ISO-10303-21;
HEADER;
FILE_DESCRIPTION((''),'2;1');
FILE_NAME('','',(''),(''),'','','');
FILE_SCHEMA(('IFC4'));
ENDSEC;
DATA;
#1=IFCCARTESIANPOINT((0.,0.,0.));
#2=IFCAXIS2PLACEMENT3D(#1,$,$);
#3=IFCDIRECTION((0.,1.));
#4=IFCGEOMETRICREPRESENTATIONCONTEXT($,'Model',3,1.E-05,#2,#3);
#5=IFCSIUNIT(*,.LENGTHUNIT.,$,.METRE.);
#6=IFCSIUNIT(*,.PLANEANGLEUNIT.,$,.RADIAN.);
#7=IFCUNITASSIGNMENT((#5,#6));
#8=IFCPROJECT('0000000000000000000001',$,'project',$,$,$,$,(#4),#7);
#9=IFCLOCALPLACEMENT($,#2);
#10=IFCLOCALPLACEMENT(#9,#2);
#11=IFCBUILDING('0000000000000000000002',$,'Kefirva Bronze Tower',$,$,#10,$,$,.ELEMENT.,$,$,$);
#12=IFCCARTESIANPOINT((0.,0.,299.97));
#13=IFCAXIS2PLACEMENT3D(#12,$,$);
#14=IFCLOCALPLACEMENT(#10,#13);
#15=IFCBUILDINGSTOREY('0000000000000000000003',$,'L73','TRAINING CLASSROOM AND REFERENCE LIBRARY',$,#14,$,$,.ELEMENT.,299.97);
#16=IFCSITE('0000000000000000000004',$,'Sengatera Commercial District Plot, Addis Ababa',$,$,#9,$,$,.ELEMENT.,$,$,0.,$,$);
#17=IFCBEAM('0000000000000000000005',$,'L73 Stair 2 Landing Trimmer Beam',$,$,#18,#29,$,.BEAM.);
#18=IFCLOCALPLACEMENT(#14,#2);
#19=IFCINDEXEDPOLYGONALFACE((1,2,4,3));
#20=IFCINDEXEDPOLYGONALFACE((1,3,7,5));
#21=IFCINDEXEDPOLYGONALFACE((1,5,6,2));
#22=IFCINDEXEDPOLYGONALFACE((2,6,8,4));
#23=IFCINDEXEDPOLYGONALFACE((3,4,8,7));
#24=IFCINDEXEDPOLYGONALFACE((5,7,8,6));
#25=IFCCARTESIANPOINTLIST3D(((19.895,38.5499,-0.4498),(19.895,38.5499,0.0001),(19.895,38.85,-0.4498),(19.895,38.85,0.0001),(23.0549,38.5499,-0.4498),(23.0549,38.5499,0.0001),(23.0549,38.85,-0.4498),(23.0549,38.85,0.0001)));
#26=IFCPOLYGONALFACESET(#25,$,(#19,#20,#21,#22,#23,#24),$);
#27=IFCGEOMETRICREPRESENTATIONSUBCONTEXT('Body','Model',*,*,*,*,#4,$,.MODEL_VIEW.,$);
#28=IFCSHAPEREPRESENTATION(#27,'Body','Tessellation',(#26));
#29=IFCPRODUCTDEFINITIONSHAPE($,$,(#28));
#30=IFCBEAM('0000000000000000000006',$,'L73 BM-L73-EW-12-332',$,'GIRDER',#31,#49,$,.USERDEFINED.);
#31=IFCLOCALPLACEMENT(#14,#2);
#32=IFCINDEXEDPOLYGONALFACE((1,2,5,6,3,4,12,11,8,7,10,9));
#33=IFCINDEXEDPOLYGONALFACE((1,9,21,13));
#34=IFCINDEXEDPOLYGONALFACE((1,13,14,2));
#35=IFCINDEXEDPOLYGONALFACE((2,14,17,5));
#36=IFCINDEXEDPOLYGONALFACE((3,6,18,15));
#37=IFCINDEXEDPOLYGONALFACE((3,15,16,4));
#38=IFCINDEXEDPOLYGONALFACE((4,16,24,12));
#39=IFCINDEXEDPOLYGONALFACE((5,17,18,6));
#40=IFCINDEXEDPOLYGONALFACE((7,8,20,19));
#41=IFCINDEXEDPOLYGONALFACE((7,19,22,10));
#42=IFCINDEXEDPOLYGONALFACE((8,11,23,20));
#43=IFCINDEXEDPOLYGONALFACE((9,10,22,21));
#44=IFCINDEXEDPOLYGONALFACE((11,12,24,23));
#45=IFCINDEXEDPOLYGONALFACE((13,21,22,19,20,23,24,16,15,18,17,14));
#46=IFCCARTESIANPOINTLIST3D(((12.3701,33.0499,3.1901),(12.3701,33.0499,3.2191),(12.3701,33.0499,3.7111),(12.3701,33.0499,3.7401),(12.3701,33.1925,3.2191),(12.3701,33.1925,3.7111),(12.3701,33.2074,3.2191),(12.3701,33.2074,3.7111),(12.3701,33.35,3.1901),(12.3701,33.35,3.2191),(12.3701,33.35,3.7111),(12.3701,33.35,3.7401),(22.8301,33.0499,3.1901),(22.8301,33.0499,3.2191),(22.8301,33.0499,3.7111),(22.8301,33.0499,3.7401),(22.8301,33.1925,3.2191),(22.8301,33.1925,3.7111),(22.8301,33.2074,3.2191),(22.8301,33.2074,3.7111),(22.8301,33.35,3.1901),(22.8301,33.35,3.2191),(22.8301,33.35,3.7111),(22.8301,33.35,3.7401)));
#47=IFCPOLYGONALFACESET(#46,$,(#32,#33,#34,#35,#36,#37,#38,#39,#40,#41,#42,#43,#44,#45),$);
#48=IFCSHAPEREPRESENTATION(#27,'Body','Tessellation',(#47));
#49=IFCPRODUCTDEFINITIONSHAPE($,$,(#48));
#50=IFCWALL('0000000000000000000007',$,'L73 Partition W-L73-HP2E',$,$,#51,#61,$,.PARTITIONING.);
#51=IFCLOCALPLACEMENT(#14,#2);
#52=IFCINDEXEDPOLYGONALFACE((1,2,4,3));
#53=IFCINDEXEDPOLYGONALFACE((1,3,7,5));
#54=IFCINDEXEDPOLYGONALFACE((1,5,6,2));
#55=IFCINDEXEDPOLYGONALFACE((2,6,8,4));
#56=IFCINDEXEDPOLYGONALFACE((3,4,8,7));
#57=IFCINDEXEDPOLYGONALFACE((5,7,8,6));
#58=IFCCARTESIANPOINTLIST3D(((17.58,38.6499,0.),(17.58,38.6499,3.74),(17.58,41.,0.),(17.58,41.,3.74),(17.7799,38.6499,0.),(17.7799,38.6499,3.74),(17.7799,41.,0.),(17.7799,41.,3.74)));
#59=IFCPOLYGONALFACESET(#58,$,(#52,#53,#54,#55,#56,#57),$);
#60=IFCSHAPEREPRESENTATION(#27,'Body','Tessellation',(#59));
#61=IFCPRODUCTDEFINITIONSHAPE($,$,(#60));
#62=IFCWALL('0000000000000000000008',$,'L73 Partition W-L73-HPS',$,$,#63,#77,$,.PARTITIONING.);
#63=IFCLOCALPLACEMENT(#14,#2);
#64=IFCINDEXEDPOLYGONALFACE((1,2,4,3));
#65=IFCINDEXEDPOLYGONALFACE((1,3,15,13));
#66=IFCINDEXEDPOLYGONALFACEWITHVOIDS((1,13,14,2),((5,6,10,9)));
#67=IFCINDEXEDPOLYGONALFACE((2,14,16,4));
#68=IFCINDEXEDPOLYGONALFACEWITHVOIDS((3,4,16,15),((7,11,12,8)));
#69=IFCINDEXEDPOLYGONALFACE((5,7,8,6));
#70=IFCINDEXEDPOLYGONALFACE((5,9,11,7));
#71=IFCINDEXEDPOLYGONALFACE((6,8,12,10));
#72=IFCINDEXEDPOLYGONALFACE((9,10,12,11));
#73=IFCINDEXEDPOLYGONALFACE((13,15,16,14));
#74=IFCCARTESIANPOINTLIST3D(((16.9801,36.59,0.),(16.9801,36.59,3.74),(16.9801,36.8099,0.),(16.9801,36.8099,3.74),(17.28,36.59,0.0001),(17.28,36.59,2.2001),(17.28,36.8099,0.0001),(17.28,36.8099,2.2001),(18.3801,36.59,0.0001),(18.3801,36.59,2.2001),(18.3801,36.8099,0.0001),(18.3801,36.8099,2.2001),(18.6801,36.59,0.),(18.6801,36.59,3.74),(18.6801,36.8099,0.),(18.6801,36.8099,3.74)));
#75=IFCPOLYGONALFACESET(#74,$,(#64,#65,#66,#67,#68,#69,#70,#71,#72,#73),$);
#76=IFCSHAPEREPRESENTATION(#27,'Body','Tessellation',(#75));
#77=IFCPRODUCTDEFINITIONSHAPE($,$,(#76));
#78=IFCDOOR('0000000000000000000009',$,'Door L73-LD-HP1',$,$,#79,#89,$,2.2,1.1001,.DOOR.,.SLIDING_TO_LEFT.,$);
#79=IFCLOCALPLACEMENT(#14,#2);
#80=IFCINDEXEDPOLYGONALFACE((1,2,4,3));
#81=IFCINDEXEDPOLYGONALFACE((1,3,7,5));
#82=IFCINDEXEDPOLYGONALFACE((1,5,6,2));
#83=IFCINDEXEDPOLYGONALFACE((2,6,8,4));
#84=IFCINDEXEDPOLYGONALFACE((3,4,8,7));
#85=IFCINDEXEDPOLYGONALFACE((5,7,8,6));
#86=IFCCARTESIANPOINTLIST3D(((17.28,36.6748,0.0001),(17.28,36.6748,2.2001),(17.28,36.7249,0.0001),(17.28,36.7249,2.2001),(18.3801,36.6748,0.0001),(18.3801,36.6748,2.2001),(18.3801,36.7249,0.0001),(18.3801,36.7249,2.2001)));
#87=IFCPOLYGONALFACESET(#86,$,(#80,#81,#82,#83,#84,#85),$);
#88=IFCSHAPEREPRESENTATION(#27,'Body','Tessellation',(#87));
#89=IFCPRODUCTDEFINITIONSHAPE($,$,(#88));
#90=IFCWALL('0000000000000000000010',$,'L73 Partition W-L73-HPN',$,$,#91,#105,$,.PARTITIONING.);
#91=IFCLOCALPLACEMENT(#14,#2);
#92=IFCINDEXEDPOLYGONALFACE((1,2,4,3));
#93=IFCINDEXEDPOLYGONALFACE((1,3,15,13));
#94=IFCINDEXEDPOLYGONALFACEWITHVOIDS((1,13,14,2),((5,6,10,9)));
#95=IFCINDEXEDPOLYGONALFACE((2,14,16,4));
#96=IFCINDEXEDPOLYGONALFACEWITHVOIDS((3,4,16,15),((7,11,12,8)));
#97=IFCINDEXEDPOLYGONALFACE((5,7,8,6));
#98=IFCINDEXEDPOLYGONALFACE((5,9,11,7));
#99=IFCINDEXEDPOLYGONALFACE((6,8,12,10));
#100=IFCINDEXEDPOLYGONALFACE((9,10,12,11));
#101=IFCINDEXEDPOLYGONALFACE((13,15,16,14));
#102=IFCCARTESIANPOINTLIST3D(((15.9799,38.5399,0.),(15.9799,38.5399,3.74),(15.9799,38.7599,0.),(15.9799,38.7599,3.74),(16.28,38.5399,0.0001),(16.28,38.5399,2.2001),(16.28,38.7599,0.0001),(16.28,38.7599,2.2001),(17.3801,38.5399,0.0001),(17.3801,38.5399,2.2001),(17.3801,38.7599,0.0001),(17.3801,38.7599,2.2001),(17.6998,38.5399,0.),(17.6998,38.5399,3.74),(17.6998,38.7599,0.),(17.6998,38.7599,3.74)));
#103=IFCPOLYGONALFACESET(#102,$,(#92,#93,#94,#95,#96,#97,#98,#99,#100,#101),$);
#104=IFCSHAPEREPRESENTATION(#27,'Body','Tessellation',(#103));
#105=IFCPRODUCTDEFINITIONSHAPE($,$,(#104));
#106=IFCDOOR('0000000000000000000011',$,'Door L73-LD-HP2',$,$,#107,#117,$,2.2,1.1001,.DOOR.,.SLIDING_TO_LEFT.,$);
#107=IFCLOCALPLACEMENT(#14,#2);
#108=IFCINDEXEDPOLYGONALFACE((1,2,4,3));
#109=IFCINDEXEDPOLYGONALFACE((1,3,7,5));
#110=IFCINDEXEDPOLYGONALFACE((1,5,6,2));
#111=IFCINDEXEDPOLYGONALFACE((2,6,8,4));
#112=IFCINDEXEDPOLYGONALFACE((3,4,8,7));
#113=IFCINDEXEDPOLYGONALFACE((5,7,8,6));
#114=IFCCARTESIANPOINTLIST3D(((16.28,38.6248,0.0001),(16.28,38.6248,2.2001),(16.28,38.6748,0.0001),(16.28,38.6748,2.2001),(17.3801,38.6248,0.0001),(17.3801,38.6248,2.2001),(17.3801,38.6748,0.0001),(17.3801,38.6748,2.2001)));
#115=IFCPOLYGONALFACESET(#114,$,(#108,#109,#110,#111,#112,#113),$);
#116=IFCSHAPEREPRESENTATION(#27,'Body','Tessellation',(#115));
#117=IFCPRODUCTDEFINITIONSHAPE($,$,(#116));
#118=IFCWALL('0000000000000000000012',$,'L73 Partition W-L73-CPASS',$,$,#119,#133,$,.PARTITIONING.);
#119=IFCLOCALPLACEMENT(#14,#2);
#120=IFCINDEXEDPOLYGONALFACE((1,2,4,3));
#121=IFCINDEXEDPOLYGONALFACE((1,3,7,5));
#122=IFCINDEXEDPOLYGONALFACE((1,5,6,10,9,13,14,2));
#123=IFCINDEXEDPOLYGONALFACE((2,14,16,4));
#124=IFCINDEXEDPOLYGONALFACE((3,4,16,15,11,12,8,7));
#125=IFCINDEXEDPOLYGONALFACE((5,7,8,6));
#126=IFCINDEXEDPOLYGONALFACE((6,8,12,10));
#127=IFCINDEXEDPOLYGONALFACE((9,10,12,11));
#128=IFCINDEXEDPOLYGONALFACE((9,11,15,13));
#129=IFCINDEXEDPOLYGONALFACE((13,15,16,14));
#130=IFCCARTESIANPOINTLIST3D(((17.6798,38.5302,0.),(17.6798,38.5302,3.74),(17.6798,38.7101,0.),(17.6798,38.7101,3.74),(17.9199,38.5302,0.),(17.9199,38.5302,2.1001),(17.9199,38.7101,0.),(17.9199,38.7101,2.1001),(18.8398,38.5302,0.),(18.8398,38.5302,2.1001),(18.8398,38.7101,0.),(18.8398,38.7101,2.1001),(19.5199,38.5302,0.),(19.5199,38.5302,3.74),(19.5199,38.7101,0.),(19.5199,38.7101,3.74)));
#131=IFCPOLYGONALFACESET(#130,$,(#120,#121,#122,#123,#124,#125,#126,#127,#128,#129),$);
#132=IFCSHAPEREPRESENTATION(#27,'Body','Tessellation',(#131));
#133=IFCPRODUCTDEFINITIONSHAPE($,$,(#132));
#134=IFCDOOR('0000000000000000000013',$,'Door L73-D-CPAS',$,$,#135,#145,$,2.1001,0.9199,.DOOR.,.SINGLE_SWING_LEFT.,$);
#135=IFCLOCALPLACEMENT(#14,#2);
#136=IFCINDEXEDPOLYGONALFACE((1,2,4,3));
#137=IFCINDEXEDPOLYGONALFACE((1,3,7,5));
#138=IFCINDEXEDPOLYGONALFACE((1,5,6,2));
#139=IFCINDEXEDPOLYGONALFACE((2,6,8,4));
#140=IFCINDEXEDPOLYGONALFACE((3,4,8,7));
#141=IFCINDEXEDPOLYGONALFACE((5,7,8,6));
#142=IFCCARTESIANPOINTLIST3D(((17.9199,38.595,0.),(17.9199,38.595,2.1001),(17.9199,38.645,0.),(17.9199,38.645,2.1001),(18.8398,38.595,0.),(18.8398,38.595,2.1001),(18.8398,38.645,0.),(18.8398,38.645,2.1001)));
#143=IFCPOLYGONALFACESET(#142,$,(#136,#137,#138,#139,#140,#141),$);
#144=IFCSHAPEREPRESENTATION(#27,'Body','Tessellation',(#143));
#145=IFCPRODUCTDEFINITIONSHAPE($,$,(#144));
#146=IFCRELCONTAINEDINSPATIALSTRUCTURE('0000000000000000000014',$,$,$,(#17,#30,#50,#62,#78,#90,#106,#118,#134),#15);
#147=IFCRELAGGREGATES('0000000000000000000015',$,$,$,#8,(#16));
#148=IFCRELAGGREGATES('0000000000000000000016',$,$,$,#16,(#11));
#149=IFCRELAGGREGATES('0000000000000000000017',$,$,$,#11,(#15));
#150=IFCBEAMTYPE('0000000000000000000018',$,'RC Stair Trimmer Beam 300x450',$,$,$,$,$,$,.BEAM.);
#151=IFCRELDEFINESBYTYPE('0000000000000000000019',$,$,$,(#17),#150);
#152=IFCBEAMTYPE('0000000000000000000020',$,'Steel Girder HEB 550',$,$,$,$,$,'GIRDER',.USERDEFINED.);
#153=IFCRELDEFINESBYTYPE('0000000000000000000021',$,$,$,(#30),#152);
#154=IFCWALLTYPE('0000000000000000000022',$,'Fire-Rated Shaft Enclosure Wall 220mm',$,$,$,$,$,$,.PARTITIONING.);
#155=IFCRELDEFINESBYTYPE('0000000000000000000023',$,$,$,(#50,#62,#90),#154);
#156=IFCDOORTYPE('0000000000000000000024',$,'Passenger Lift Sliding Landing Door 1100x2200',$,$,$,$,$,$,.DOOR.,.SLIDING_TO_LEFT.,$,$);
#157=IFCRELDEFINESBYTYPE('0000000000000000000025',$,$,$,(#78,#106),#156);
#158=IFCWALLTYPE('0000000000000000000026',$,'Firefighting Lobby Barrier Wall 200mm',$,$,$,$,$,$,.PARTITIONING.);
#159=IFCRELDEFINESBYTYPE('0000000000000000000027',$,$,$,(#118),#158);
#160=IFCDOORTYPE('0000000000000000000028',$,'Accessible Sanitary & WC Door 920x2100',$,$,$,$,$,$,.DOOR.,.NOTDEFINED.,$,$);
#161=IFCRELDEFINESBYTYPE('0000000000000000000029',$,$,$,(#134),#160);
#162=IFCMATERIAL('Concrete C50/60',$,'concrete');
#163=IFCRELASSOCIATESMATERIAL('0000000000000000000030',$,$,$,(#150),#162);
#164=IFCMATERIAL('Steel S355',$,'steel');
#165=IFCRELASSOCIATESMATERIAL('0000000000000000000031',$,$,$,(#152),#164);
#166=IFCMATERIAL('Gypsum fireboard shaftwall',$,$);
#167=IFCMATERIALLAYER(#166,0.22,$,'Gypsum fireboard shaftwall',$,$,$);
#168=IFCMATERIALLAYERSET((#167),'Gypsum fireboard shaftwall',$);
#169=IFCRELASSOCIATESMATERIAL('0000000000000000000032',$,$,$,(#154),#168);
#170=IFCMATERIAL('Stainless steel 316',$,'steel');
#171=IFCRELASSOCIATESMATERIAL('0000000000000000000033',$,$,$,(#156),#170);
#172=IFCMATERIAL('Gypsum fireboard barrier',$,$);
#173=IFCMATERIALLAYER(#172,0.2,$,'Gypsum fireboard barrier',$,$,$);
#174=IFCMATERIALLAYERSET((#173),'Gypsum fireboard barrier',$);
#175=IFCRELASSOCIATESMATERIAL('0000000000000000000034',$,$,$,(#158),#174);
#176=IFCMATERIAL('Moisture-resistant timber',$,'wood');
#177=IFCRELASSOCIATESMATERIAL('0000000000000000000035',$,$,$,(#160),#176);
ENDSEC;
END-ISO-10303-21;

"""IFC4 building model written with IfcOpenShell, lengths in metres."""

from ifc_helpers import new_model, si_unit, direction, frame, frame_2d, origin, origin_2d, place, context, subcontext, project, spatial, rectangle, i_section, extrude, material, layer, layer_set, material_profile, profile_set, type_object, element, fill, save


model = new_model("IFC4")

# Units and contexts
model_context = context("Model", 3, precision=1e-05, world=origin(), true_north=direction((0.0, 1.0)))
body_context = subcontext(model_context, "Body", "Model", "MODEL_VIEW")
ifc_project = project(units=[si_unit("LENGTHUNIT", "METRE"), si_unit("PLANEANGLEUNIT", "RADIAN")], contexts=[model_context])

# Site, building, storey
site_placement = place(None, origin())
site = spatial("IfcSite", under=ifc_project, at=site_placement, Name="Sengatera Commercial District Plot, Addis Ababa", CompositionType="ELEMENT", RefElevation=0.0)
building_placement = place(site_placement, origin())
building = spatial("IfcBuilding", under=site, at=building_placement, Name="Kefirva Bronze Tower", CompositionType="ELEMENT")
storey_placement = place(building_placement, frame((0.0, 0.0, 299.97)))
storey = spatial("IfcBuildingStorey", under=building, at=storey_placement, Name="L73", Description="TRAINING CLASSROOM AND REFERENCE LIBRARY", CompositionType="ELEMENT", Elevation=299.97)

# Beams
ifc_material_1 = material(Name="Concrete C50/60", Category="concrete")
ifc_material_profile_1 = material_profile(ifc_material_1, rectangle(XDim=0.3, YDim=0.45, at=origin_2d()), Name="RC 300x450")
ifc_profile_set_1 = profile_set([ifc_material_profile_1], Name="Concrete C50/60")
beam_type_1 = type_object("IfcBeamType", Name="RC Stair Trimmer Beam 300x450", PredefinedType="BEAM", material=ifc_profile_set_1)
beam_1_placement = place(storey_placement, frame((19.895, 38.7, -0.2249), z_axis=(1.0, 0.0, 0.0), x_axis=(0.0, 1.0, 0.0)))
element("IfcBeam", 1, at=beam_1_placement, inside=storey, type_object=beam_type_1, Name="L73 Stair 2 Landing Trimmer Beam", PredefinedType="BEAM", context=body_context, shape_type="SweptSolid", body=[
    extrude(rectangle(XDim=0.3, YDim=0.45, at=origin_2d()), origin(), (0.0, 0.0, 1.0), 3.1599),
])
ifc_material_2 = material(Name="Steel S355", Category="steel")
ifc_material_profile_2 = material_profile(ifc_material_2, i_section(OverallWidth=0.3, OverallDepth=0.55, WebThickness=0.0149, FlangeThickness=0.0291, at=origin_2d()), Name="HEB 550")
ifc_profile_set_2 = profile_set([ifc_material_profile_2], Name="Steel S355")
beam_type_2 = type_object("IfcBeamType", Name="Steel Girder HEB 550", ElementType="GIRDER", PredefinedType="USERDEFINED", material=ifc_profile_set_2)
beam_2_placement = place(storey_placement, frame((12.3701, 33.2, 3.4651), z_axis=(1.0, 0.0, 0.0), x_axis=(0.0, 1.0, 0.0)))
element("IfcBeam", 2, at=beam_2_placement, inside=storey, type_object=beam_type_2, Name="L73 BM-L73-EW-12-332", ObjectType="GIRDER", PredefinedType="USERDEFINED", context=body_context, shape_type="SweptSolid", body=[
    extrude(i_section(OverallWidth=0.3, OverallDepth=0.55, WebThickness=0.0149, FlangeThickness=0.0291, at=origin_2d()), origin(), (0.0, 0.0, 1.0), 10.46),
])

# Shared definitions
ifc_material_3 = material(Name="Gypsum fireboard shaftwall")
ifc_layer_1 = layer(ifc_material_3, 0.22, Name="Gypsum fireboard shaftwall")
ifc_layer_set_1 = layer_set([ifc_layer_1], Name="Gypsum fireboard shaftwall")
wall_type_1 = type_object("IfcWallType", Name="Fire-Rated Shaft Enclosure Wall 220mm", PredefinedType="PARTITIONING", material=ifc_layer_set_1)

# Wall
wall_1_placement = place(storey_placement, frame((17.6799, 38.6499, 0.0), z_axis=(0.0, 0.0, 1.0), x_axis=(0.0, 1.0, 0.0)))
element("IfcWall", 3, at=wall_1_placement, inside=storey, type_object=wall_type_1, Name="L73 Partition W-L73-HP2E", PredefinedType="PARTITIONING", context=body_context, shape_type="SweptSolid", body=[
    extrude(rectangle(XDim=2.3501, YDim=0.2, at=frame_2d((1.175, 0.0))), origin(), (0.0, 0.0, 1.0), 3.74),
])

# Walls, openings, doors
wall_2_placement = place(storey_placement, frame((16.98, 36.7, 0.0), z_axis=(0.0, 0.0, 1.0), x_axis=(1.0, 0.0, 0.0)))
wall_2 = element("IfcWall", 4, at=wall_2_placement, inside=storey, type_object=wall_type_1, Name="L73 Partition W-L73-HPS", PredefinedType="PARTITIONING", context=body_context, shape_type="SweptSolid", body=[
    extrude(rectangle(XDim=1.7, YDim=0.22, at=frame_2d((0.8501, 0.0))), origin(), (0.0, 0.0, 1.0), 3.74),
])
opening_1_placement = place(wall_2_placement, frame((0.3, 0.0, 0.0)))
opening_1 = element("IfcOpeningElement", 5, at=opening_1_placement, cuts=wall_2, PredefinedType="OPENING", context=body_context, shape_type="SweptSolid", body=[
    extrude(rectangle(XDim=1.1001, YDim=2.2, at=frame_2d((0.55, 1.1001))), frame((0.0, 0.1201, 0.0), z_axis=(0.0, -1.0, 0.0), x_axis=(1.0, 0.0, 0.0)), (0.0, 0.0, 1.0), 0.24),
])
ifc_material_4 = material(Name="Stainless steel 316", Category="steel")
door_type_1 = type_object("IfcDoorType", Name="Passenger Lift Sliding Landing Door 1100x2200", OperationType="SLIDING_TO_LEFT", PredefinedType="DOOR", material=ifc_material_4)
door_1_placement = place(opening_1_placement, origin())
door_1 = element("IfcDoor", 6, at=door_1_placement, inside=storey, type_object=door_type_1, Name="Door L73-LD-HP1", OperationType="SLIDING_TO_LEFT", OverallHeight=2.2, OverallWidth=1.1001, PredefinedType="DOOR", context=body_context, shape_type="SweptSolid", body=[
    extrude(rectangle(XDim=1.1001, YDim=2.2, at=frame_2d((0.55, 1.1001))), frame((0.0, 0.0249, 0.0), z_axis=(0.0, -1.0, 0.0), x_axis=(1.0, 0.0, 0.0)), (0.0, 0.0, 1.0), 0.05),
])
fill(opening_1, door_1)
wall_3_placement = place(storey_placement, frame((15.98, 38.6499, 0.0), z_axis=(0.0, 0.0, 1.0), x_axis=(1.0, 0.0, 0.0)))
wall_3 = element("IfcWall", 7, at=wall_3_placement, inside=storey, type_object=wall_type_1, Name="L73 Partition W-L73-HPN", PredefinedType="PARTITIONING", context=body_context, shape_type="SweptSolid", body=[
    extrude(rectangle(XDim=1.72, YDim=0.22, at=frame_2d((0.8599, 0.0))), origin(), (0.0, 0.0, 1.0), 3.74),
])
opening_2_placement = place(wall_3_placement, frame((0.3, 0.0, 0.0)))
opening_2 = element("IfcOpeningElement", 8, at=opening_2_placement, cuts=wall_3, PredefinedType="OPENING", context=body_context, shape_type="SweptSolid", body=[
    extrude(rectangle(XDim=1.1001, YDim=2.2, at=frame_2d((0.55, 1.1001))), frame((0.0, 0.1201, 0.0), z_axis=(0.0, -1.0, 0.0), x_axis=(1.0, 0.0, 0.0)), (0.0, 0.0, 1.0), 0.24),
])
door_2_placement = place(opening_2_placement, origin())
door_2 = element("IfcDoor", 9, at=door_2_placement, inside=storey, type_object=door_type_1, Name="Door L73-LD-HP2", OperationType="SLIDING_TO_LEFT", OverallHeight=2.2, OverallWidth=1.1001, PredefinedType="DOOR", context=body_context, shape_type="SweptSolid", body=[
    extrude(rectangle(XDim=1.1001, YDim=2.2, at=frame_2d((0.55, 1.1001))), frame((0.0, 0.0249, 0.0), z_axis=(0.0, -1.0, 0.0), x_axis=(1.0, 0.0, 0.0)), (0.0, 0.0, 1.0), 0.05),
])
fill(opening_2, door_2)
ifc_material_5 = material(Name="Gypsum fireboard barrier")
ifc_layer_2 = layer(ifc_material_5, 0.2, Name="Gypsum fireboard barrier")
ifc_layer_set_2 = layer_set([ifc_layer_2], Name="Gypsum fireboard barrier")
wall_type_2 = type_object("IfcWallType", Name="Firefighting Lobby Barrier Wall 200mm", PredefinedType="PARTITIONING", material=ifc_layer_set_2)
wall_4_placement = place(storey_placement, frame((17.6799, 38.6201, 0.0), z_axis=(0.0, 0.0, 1.0), x_axis=(1.0, 0.0, 0.0)))
wall_4 = element("IfcWall", 10, at=wall_4_placement, inside=storey, type_object=wall_type_2, Name="L73 Partition W-L73-CPASS", PredefinedType="PARTITIONING", context=body_context, shape_type="SweptSolid", body=[
    extrude(rectangle(XDim=1.8401, YDim=0.1799, at=frame_2d((0.9199, 0.0))), origin(), (0.0, 0.0, 1.0), 3.74),
])
opening_3_placement = place(wall_4_placement, frame((0.24, 0.0, 0.0)))
opening_3 = element("IfcOpeningElement", 11, at=opening_3_placement, cuts=wall_4, PredefinedType="OPENING", context=body_context, shape_type="SweptSolid", body=[
    extrude(rectangle(XDim=0.9199, YDim=2.1001, at=frame_2d((0.46, 1.05))), frame((0.0, 0.1001, 0.0), z_axis=(0.0, -1.0, 0.0), x_axis=(1.0, 0.0, 0.0)), (0.0, 0.0, 1.0), 0.2),
])
ifc_material_6 = material(Name="Moisture-resistant timber", Category="wood")
door_type_2 = type_object("IfcDoorType", Name="Accessible Sanitary & WC Door 920x2100", OperationType="NOTDEFINED", PredefinedType="DOOR", material=ifc_material_6)
door_3_placement = place(opening_3_placement, origin())
door_3 = element("IfcDoor", 12, at=door_3_placement, inside=storey, type_object=door_type_2, Name="Door L73-D-CPAS", OperationType="SINGLE_SWING_LEFT", OverallHeight=2.1001, OverallWidth=0.9199, PredefinedType="DOOR", context=body_context, shape_type="SweptSolid", body=[
    extrude(rectangle(XDim=0.9199, YDim=2.1001, at=frame_2d((0.46, 1.05))), frame((0.0, 0.0249, 0.0), z_axis=(0.0, -1.0, 0.0), x_axis=(1.0, 0.0, 0.0)), (0.0, 0.0, 1.0), 0.05),
])
fill(opening_3, door_3)

save(model, "model.ifc")
